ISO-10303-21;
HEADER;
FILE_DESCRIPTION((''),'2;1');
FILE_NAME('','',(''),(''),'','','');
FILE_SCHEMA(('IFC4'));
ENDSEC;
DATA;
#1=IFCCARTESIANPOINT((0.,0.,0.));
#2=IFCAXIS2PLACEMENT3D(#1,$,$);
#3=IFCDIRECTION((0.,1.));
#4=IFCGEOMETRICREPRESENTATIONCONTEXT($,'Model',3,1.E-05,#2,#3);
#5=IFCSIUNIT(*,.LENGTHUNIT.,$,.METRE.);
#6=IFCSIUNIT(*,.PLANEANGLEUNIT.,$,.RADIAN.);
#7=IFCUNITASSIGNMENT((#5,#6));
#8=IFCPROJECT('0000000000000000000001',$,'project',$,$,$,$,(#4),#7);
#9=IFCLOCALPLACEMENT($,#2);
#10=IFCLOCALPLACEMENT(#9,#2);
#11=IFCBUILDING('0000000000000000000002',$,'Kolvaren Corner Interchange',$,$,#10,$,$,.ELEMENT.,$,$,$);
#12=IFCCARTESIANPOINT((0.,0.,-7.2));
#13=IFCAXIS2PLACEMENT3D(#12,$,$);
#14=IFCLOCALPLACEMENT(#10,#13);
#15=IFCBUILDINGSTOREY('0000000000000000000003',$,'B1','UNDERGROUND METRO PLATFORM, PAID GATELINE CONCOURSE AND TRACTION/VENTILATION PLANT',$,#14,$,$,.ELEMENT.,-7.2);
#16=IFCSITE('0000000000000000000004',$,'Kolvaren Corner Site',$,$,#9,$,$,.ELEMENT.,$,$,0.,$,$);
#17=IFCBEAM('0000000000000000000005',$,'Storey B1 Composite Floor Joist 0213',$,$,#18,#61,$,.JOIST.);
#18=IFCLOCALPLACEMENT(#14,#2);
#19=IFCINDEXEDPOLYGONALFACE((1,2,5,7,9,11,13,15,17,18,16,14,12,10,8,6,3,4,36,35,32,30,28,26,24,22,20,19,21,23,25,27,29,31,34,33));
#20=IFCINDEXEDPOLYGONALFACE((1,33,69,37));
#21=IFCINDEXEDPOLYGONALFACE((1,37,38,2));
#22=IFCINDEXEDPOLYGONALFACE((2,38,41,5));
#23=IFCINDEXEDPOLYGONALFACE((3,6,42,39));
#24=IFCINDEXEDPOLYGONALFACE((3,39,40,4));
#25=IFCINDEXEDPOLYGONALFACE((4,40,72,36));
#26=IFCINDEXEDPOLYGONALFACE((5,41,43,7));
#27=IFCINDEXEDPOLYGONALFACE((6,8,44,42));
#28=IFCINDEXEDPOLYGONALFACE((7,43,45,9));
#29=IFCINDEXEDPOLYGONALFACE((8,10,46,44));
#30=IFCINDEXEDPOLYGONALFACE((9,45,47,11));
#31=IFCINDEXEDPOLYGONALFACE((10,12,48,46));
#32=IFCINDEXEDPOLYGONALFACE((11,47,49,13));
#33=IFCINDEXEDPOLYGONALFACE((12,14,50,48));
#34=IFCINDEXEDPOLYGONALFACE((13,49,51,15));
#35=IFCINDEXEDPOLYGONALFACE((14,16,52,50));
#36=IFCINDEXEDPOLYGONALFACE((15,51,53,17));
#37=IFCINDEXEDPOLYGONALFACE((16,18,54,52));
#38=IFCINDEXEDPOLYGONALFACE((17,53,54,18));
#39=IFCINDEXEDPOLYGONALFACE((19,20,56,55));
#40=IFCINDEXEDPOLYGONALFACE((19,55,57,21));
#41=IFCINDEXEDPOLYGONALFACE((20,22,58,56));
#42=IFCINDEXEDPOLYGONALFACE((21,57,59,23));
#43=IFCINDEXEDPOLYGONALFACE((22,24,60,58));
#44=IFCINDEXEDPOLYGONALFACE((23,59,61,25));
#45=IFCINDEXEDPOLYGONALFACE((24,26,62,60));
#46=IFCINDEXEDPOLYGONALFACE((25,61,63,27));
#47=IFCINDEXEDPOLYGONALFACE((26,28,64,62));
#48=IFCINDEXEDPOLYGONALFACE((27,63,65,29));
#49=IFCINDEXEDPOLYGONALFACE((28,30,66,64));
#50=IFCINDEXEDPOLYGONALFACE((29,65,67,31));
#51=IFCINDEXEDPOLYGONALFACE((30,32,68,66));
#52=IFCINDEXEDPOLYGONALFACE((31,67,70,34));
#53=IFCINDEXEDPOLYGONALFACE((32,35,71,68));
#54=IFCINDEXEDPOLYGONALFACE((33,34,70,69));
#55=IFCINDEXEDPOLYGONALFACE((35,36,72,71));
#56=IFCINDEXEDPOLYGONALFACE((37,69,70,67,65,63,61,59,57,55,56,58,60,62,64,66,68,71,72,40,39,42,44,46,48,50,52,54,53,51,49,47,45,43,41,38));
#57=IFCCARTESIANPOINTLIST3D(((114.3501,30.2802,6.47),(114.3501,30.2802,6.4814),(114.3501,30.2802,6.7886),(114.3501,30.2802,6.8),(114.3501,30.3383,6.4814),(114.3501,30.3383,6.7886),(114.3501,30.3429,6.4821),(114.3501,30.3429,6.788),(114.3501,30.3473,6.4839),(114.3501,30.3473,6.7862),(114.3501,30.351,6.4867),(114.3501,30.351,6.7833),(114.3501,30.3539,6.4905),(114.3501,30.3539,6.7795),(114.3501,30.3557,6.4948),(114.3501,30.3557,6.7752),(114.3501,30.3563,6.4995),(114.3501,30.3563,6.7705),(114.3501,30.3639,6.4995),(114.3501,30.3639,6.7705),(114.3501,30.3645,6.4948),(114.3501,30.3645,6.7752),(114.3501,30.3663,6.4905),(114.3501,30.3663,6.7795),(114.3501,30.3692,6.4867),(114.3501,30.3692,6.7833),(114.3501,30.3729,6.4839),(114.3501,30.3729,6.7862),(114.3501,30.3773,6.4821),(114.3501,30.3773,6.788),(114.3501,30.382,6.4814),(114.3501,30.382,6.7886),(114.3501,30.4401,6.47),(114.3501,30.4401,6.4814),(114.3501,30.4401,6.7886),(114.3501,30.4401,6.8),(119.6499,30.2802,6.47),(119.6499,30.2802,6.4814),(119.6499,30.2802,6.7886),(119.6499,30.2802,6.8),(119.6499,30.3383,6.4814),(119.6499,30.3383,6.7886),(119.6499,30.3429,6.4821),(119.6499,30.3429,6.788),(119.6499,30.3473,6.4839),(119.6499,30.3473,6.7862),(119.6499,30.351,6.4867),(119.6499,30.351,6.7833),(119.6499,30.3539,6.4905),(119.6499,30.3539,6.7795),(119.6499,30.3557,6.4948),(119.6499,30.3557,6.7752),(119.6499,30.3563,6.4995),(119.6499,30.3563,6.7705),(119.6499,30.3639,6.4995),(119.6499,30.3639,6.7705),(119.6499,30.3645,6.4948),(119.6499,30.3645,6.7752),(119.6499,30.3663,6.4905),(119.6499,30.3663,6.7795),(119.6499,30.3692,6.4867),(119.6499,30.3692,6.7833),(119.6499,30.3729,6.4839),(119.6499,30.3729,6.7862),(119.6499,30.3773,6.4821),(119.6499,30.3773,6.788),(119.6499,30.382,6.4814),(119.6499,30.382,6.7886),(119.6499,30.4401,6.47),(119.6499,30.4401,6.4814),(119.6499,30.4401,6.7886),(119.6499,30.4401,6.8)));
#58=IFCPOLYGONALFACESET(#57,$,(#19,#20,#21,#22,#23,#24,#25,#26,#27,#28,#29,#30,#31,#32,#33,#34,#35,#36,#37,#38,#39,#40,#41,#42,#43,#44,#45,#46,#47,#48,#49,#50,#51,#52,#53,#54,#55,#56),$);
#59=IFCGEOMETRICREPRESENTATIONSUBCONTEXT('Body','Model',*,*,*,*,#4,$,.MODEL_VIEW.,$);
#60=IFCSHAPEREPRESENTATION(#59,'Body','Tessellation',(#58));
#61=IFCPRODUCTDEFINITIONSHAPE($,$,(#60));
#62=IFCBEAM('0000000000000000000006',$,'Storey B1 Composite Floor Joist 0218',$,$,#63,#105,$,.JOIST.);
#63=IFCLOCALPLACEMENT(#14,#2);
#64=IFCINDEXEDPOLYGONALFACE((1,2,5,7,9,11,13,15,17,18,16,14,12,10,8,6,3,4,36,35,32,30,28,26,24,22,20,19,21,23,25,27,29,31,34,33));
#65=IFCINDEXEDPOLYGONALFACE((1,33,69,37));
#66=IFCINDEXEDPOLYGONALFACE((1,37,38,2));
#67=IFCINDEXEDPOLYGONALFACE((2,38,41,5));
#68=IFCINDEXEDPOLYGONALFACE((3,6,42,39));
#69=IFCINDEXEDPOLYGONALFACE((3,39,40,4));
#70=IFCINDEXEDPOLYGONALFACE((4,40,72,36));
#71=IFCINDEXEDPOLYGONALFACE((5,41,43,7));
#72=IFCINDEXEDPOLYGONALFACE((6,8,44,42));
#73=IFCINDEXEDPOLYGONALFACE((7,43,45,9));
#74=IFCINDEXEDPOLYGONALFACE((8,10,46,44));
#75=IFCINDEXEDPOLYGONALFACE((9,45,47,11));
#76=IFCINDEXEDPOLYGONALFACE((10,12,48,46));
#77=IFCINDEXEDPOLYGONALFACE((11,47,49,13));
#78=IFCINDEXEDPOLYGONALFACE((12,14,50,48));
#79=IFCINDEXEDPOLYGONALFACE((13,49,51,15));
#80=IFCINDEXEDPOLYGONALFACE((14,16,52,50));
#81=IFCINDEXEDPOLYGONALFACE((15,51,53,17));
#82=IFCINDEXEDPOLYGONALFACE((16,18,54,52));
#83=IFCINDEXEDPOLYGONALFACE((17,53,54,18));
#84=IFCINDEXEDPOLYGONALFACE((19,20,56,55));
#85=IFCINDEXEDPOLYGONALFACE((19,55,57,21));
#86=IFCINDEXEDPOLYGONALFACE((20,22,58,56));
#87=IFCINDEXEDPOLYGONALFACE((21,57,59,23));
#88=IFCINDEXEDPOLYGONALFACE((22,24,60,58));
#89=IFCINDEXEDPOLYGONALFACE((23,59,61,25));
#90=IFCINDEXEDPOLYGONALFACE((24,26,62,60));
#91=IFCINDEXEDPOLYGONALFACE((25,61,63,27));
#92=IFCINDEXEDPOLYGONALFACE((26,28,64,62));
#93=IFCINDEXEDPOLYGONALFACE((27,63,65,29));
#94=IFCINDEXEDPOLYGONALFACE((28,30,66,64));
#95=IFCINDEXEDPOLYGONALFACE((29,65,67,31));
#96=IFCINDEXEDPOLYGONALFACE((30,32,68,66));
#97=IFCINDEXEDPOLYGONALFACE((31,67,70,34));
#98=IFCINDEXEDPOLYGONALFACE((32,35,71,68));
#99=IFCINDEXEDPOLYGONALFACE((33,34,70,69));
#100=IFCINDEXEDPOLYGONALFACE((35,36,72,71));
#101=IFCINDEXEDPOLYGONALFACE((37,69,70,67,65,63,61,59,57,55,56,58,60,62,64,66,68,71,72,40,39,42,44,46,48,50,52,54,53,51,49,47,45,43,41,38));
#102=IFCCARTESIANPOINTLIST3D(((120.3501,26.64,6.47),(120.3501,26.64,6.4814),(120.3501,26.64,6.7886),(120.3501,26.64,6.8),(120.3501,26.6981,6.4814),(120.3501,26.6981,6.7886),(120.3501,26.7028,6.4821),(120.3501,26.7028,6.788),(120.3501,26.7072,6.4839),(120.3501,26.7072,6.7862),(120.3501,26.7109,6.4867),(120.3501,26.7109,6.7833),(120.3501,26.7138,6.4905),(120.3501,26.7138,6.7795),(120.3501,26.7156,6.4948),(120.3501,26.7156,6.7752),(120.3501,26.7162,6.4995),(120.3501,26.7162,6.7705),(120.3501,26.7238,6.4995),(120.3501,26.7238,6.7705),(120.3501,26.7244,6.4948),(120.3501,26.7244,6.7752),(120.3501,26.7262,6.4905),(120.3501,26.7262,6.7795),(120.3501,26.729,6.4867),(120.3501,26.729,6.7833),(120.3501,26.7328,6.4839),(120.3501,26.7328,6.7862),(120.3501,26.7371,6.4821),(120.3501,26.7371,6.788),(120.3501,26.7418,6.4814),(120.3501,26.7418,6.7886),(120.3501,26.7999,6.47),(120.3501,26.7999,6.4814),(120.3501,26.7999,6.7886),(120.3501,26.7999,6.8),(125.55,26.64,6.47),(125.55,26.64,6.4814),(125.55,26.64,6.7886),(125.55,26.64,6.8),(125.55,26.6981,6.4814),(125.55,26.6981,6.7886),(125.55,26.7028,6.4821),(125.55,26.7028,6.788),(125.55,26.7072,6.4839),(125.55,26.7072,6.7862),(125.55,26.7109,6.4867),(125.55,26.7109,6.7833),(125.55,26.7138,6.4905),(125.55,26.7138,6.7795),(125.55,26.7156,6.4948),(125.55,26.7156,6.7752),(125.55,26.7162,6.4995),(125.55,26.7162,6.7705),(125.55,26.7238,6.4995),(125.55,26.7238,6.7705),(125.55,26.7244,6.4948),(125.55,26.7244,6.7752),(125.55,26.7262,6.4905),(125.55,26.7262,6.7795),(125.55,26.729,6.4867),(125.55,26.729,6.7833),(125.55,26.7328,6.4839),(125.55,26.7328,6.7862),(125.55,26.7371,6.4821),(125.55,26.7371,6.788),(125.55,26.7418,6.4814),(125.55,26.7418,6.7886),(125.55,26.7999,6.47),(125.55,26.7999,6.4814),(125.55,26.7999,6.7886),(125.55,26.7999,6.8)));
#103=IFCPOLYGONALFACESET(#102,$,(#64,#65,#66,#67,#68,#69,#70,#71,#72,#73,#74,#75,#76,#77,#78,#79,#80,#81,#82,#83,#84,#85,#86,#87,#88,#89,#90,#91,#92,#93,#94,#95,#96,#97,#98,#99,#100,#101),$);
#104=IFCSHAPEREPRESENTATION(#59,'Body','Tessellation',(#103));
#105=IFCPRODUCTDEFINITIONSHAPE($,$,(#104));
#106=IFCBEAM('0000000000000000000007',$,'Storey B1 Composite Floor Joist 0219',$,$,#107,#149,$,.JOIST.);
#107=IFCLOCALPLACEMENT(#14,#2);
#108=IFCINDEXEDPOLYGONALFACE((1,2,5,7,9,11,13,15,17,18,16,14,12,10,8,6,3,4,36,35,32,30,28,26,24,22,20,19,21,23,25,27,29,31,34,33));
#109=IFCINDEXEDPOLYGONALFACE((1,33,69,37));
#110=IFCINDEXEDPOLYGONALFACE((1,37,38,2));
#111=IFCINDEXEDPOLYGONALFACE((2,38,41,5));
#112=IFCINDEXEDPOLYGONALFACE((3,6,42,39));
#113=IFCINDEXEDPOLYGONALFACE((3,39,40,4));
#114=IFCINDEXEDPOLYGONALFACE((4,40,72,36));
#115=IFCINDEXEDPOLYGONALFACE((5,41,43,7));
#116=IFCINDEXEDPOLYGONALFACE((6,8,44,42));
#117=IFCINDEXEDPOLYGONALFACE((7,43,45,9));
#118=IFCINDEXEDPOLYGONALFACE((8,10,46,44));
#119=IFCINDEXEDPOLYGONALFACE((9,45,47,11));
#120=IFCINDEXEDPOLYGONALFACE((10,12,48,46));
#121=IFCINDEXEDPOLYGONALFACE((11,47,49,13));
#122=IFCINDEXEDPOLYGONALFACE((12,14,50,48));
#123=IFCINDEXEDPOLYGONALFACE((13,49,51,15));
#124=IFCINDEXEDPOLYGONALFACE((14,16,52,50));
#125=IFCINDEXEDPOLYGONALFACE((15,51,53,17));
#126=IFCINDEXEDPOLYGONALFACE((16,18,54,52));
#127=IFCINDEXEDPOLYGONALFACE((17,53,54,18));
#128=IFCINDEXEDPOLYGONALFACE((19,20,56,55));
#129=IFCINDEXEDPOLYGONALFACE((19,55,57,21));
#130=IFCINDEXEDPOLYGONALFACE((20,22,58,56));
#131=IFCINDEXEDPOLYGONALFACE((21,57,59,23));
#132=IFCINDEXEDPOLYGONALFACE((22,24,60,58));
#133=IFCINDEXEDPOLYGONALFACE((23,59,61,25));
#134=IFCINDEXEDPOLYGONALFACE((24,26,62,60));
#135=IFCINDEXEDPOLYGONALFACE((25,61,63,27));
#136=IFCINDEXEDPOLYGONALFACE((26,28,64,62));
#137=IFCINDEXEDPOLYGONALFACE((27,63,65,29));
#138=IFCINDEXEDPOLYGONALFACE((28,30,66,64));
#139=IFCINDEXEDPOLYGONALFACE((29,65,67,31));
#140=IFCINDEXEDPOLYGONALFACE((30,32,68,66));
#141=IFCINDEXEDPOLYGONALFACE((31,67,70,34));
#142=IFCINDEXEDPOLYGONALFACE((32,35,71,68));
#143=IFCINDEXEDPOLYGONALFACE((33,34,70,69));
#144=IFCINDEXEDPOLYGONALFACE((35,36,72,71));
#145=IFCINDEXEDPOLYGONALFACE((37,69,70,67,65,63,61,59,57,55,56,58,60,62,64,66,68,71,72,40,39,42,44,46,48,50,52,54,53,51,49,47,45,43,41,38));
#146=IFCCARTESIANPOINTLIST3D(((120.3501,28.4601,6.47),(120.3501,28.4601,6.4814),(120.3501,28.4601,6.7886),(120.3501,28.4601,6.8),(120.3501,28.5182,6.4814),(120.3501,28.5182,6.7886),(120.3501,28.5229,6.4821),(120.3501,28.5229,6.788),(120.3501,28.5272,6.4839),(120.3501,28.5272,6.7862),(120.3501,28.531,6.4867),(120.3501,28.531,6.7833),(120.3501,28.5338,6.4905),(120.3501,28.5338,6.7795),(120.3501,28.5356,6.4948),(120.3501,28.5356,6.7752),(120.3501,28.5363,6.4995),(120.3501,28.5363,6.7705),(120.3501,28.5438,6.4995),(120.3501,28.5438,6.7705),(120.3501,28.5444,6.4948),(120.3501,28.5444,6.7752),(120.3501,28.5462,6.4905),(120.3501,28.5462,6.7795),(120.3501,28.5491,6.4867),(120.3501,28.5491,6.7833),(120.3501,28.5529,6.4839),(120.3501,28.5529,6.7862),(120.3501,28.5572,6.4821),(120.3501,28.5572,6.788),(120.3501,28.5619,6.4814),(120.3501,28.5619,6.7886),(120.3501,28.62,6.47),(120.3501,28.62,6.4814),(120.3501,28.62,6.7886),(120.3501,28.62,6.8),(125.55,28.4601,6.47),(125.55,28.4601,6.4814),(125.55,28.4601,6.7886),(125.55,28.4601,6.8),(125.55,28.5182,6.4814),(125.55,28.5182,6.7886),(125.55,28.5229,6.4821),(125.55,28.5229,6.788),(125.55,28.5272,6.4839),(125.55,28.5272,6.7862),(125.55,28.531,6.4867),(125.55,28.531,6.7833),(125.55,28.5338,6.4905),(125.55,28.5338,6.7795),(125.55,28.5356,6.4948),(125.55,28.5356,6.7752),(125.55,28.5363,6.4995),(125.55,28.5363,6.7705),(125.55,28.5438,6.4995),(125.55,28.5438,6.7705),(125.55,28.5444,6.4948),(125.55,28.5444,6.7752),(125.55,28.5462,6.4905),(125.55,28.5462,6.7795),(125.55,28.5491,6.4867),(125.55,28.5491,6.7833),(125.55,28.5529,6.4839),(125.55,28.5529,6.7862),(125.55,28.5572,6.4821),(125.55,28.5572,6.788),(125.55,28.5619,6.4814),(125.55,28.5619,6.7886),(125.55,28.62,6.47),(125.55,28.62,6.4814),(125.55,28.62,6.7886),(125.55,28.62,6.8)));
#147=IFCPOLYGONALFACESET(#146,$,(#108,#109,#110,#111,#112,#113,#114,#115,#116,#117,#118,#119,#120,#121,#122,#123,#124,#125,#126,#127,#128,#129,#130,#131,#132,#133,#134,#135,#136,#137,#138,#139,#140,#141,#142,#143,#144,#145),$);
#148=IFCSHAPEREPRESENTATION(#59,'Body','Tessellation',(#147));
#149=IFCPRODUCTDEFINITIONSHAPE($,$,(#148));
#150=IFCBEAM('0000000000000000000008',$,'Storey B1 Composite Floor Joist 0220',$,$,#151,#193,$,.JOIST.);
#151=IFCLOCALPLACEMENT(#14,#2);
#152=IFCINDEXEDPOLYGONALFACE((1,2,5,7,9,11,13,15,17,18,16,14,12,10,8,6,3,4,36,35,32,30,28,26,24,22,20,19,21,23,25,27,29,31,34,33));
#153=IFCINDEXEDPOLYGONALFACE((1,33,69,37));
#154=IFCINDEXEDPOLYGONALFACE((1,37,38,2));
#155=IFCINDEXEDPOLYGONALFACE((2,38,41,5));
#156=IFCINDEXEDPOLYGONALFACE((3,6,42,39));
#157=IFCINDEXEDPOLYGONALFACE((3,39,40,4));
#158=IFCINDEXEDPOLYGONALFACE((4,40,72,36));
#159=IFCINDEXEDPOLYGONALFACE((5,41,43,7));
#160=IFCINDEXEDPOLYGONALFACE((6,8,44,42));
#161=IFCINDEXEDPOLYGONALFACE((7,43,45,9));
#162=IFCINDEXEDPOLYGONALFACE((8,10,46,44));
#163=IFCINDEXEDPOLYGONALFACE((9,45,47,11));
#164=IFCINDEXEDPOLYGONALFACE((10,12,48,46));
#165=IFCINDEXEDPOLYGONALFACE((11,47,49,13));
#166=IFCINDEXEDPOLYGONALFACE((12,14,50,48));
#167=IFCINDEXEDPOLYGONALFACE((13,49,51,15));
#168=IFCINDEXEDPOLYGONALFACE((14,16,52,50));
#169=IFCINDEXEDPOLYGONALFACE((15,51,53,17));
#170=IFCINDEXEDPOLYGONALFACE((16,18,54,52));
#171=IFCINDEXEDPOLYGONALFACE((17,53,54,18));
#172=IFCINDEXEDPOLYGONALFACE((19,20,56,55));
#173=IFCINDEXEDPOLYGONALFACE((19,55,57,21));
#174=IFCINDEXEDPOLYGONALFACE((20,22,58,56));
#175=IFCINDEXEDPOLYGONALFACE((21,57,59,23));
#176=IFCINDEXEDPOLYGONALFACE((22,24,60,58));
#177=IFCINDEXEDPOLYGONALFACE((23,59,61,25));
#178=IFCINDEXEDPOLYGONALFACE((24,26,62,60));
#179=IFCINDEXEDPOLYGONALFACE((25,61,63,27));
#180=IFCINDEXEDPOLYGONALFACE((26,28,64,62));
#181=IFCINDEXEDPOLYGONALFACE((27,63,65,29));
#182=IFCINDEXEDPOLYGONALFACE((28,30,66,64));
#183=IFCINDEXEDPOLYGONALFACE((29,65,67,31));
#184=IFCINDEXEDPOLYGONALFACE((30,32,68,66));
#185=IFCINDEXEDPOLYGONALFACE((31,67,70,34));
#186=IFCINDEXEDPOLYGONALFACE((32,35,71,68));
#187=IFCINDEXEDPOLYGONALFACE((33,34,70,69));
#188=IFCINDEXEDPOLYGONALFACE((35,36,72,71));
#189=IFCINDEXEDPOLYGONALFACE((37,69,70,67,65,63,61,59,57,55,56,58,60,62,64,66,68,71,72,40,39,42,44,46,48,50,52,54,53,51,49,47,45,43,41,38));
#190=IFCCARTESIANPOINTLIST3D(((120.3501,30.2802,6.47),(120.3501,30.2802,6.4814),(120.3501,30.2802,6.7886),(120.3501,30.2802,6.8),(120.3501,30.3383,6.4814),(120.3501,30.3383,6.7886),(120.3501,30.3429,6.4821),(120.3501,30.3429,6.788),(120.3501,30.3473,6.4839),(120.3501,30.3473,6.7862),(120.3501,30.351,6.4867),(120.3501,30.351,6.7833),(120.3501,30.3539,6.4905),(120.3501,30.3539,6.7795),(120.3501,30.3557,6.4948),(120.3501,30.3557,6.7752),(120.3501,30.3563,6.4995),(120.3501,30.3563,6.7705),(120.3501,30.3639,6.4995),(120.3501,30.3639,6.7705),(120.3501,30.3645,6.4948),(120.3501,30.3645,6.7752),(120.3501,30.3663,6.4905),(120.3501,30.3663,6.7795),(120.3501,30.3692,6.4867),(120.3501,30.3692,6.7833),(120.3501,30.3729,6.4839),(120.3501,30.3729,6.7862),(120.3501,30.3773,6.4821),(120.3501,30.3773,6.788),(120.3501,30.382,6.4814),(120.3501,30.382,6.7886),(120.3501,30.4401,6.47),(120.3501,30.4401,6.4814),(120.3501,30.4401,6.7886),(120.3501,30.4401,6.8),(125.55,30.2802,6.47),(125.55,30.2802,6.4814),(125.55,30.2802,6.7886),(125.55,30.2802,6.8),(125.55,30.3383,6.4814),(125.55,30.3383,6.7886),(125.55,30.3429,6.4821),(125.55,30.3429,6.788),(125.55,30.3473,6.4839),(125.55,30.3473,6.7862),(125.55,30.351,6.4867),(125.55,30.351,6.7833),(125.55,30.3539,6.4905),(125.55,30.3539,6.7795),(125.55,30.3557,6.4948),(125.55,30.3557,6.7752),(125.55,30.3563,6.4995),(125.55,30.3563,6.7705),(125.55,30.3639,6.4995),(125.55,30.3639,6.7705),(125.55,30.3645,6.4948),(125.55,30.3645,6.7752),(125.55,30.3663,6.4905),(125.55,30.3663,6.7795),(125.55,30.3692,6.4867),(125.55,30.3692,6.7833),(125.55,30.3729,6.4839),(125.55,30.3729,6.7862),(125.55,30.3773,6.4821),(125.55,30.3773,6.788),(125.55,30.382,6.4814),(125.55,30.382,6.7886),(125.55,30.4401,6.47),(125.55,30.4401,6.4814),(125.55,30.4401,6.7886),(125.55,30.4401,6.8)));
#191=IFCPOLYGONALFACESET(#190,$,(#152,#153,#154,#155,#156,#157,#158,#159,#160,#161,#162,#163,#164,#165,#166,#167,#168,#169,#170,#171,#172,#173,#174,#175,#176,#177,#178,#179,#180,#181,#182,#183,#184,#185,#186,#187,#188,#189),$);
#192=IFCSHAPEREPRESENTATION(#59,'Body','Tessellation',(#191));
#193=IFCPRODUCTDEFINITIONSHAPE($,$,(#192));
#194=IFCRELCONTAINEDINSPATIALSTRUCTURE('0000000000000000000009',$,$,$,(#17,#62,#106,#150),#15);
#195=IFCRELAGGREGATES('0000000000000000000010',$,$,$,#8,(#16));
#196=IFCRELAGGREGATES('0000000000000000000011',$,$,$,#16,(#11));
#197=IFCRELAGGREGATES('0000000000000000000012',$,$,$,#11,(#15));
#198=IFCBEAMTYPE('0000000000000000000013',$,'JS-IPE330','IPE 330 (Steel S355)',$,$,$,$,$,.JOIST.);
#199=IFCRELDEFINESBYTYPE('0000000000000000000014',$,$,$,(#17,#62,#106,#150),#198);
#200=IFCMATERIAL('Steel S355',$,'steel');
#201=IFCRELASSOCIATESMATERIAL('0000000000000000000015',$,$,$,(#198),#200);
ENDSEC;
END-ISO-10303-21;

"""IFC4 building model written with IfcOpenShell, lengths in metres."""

from ifc_helpers import new_model, si_unit, direction, frame, origin, origin_2d, place, context, subcontext, project, spatial, i_section, extrude, material, material_profile, profile_set, type_object, element, save


model = new_model("IFC4")

# Units and contexts
model_context = context("Model", 3, precision=1e-05, world=origin(), true_north=direction((0.0, 1.0)))
body_context = subcontext(model_context, "Body", "Model", "MODEL_VIEW")
ifc_project = project(units=[si_unit("LENGTHUNIT", "METRE"), si_unit("PLANEANGLEUNIT", "RADIAN")], contexts=[model_context])

# Site, building, storey
site_placement = place(None, origin())
site = spatial("IfcSite", under=ifc_project, at=site_placement, Name="Kolvaren Corner Site", CompositionType="ELEMENT", RefElevation=0.0)
building_placement = place(site_placement, origin())
building = spatial("IfcBuilding", under=site, at=building_placement, Name="Kolvaren Corner Interchange", CompositionType="ELEMENT")
storey_placement = place(building_placement, frame((0.0, 0.0, -7.2)))
storey = spatial("IfcBuildingStorey", under=building, at=storey_placement, Name="B1", Description="UNDERGROUND METRO PLATFORM, PAID GATELINE CONCOURSE AND TRACTION/VENTILATION PLANT", CompositionType="ELEMENT", Elevation=-7.2)

# Beams
ifc_material_1 = material(Name="Steel S355", Category="steel")
ifc_material_profile_1 = material_profile(ifc_material_1, i_section(OverallWidth=0.1599, OverallDepth=0.3301, WebThickness=0.0076, FlangeThickness=0.0115, FilletRadius=0.0181, at=origin_2d()), Name="IPE 330")
ifc_profile_set_1 = profile_set([ifc_material_profile_1], Name="Steel S355")
beam_type_1 = type_object("IfcBeamType", Name="JS-IPE330", Description="IPE 330 (Steel S355)", PredefinedType="JOIST", material=ifc_profile_set_1)
for number, where, z_axis, x_axis, name in (
    (1, (114.3501, 30.3601, 6.635), (1.0, 0.0, 0.0), (0.0, 1.0, 0.0), "Storey B1 Composite Floor Joist 0213"),
):
    element("IfcBeam", number, at=place(storey_placement, frame(where, z_axis=z_axis, x_axis=x_axis)), inside=storey, type_object=beam_type_1, Name=name, PredefinedType="JOIST", context=body_context, shape_type="SweptSolid", body=[
        extrude(i_section(OverallWidth=0.1599, OverallDepth=0.3301, WebThickness=0.0076, FlangeThickness=0.0115, FilletRadius=0.0181, at=origin_2d()), origin(), (0.0, 0.0, 1.0), 5.2998),
    ])
for number, where, z_axis, x_axis, name in (
    (2, (120.3501, 26.72, 6.635), (1.0, 0.0, 0.0), (0.0, 1.0, 0.0), "Storey B1 Composite Floor Joist 0218"),
    (3, (120.3501, 28.54, 6.635), (1.0, 0.0, 0.0), (0.0, 1.0, 0.0), "Storey B1 Composite Floor Joist 0219"),
    (4, (120.3501, 30.3601, 6.635), (1.0, 0.0, 0.0), (0.0, 1.0, 0.0), "Storey B1 Composite Floor Joist 0220"),
):
    element("IfcBeam", number, at=place(storey_placement, frame(where, z_axis=z_axis, x_axis=x_axis)), inside=storey, type_object=beam_type_1, Name=name, PredefinedType="JOIST", context=body_context, shape_type="SweptSolid", body=[
        extrude(i_section(OverallWidth=0.1599, OverallDepth=0.3301, WebThickness=0.0076, FlangeThickness=0.0115, FilletRadius=0.0181, at=origin_2d()), origin(), (0.0, 0.0, 1.0), 5.2),
    ])

save(model, "model.ifc")
